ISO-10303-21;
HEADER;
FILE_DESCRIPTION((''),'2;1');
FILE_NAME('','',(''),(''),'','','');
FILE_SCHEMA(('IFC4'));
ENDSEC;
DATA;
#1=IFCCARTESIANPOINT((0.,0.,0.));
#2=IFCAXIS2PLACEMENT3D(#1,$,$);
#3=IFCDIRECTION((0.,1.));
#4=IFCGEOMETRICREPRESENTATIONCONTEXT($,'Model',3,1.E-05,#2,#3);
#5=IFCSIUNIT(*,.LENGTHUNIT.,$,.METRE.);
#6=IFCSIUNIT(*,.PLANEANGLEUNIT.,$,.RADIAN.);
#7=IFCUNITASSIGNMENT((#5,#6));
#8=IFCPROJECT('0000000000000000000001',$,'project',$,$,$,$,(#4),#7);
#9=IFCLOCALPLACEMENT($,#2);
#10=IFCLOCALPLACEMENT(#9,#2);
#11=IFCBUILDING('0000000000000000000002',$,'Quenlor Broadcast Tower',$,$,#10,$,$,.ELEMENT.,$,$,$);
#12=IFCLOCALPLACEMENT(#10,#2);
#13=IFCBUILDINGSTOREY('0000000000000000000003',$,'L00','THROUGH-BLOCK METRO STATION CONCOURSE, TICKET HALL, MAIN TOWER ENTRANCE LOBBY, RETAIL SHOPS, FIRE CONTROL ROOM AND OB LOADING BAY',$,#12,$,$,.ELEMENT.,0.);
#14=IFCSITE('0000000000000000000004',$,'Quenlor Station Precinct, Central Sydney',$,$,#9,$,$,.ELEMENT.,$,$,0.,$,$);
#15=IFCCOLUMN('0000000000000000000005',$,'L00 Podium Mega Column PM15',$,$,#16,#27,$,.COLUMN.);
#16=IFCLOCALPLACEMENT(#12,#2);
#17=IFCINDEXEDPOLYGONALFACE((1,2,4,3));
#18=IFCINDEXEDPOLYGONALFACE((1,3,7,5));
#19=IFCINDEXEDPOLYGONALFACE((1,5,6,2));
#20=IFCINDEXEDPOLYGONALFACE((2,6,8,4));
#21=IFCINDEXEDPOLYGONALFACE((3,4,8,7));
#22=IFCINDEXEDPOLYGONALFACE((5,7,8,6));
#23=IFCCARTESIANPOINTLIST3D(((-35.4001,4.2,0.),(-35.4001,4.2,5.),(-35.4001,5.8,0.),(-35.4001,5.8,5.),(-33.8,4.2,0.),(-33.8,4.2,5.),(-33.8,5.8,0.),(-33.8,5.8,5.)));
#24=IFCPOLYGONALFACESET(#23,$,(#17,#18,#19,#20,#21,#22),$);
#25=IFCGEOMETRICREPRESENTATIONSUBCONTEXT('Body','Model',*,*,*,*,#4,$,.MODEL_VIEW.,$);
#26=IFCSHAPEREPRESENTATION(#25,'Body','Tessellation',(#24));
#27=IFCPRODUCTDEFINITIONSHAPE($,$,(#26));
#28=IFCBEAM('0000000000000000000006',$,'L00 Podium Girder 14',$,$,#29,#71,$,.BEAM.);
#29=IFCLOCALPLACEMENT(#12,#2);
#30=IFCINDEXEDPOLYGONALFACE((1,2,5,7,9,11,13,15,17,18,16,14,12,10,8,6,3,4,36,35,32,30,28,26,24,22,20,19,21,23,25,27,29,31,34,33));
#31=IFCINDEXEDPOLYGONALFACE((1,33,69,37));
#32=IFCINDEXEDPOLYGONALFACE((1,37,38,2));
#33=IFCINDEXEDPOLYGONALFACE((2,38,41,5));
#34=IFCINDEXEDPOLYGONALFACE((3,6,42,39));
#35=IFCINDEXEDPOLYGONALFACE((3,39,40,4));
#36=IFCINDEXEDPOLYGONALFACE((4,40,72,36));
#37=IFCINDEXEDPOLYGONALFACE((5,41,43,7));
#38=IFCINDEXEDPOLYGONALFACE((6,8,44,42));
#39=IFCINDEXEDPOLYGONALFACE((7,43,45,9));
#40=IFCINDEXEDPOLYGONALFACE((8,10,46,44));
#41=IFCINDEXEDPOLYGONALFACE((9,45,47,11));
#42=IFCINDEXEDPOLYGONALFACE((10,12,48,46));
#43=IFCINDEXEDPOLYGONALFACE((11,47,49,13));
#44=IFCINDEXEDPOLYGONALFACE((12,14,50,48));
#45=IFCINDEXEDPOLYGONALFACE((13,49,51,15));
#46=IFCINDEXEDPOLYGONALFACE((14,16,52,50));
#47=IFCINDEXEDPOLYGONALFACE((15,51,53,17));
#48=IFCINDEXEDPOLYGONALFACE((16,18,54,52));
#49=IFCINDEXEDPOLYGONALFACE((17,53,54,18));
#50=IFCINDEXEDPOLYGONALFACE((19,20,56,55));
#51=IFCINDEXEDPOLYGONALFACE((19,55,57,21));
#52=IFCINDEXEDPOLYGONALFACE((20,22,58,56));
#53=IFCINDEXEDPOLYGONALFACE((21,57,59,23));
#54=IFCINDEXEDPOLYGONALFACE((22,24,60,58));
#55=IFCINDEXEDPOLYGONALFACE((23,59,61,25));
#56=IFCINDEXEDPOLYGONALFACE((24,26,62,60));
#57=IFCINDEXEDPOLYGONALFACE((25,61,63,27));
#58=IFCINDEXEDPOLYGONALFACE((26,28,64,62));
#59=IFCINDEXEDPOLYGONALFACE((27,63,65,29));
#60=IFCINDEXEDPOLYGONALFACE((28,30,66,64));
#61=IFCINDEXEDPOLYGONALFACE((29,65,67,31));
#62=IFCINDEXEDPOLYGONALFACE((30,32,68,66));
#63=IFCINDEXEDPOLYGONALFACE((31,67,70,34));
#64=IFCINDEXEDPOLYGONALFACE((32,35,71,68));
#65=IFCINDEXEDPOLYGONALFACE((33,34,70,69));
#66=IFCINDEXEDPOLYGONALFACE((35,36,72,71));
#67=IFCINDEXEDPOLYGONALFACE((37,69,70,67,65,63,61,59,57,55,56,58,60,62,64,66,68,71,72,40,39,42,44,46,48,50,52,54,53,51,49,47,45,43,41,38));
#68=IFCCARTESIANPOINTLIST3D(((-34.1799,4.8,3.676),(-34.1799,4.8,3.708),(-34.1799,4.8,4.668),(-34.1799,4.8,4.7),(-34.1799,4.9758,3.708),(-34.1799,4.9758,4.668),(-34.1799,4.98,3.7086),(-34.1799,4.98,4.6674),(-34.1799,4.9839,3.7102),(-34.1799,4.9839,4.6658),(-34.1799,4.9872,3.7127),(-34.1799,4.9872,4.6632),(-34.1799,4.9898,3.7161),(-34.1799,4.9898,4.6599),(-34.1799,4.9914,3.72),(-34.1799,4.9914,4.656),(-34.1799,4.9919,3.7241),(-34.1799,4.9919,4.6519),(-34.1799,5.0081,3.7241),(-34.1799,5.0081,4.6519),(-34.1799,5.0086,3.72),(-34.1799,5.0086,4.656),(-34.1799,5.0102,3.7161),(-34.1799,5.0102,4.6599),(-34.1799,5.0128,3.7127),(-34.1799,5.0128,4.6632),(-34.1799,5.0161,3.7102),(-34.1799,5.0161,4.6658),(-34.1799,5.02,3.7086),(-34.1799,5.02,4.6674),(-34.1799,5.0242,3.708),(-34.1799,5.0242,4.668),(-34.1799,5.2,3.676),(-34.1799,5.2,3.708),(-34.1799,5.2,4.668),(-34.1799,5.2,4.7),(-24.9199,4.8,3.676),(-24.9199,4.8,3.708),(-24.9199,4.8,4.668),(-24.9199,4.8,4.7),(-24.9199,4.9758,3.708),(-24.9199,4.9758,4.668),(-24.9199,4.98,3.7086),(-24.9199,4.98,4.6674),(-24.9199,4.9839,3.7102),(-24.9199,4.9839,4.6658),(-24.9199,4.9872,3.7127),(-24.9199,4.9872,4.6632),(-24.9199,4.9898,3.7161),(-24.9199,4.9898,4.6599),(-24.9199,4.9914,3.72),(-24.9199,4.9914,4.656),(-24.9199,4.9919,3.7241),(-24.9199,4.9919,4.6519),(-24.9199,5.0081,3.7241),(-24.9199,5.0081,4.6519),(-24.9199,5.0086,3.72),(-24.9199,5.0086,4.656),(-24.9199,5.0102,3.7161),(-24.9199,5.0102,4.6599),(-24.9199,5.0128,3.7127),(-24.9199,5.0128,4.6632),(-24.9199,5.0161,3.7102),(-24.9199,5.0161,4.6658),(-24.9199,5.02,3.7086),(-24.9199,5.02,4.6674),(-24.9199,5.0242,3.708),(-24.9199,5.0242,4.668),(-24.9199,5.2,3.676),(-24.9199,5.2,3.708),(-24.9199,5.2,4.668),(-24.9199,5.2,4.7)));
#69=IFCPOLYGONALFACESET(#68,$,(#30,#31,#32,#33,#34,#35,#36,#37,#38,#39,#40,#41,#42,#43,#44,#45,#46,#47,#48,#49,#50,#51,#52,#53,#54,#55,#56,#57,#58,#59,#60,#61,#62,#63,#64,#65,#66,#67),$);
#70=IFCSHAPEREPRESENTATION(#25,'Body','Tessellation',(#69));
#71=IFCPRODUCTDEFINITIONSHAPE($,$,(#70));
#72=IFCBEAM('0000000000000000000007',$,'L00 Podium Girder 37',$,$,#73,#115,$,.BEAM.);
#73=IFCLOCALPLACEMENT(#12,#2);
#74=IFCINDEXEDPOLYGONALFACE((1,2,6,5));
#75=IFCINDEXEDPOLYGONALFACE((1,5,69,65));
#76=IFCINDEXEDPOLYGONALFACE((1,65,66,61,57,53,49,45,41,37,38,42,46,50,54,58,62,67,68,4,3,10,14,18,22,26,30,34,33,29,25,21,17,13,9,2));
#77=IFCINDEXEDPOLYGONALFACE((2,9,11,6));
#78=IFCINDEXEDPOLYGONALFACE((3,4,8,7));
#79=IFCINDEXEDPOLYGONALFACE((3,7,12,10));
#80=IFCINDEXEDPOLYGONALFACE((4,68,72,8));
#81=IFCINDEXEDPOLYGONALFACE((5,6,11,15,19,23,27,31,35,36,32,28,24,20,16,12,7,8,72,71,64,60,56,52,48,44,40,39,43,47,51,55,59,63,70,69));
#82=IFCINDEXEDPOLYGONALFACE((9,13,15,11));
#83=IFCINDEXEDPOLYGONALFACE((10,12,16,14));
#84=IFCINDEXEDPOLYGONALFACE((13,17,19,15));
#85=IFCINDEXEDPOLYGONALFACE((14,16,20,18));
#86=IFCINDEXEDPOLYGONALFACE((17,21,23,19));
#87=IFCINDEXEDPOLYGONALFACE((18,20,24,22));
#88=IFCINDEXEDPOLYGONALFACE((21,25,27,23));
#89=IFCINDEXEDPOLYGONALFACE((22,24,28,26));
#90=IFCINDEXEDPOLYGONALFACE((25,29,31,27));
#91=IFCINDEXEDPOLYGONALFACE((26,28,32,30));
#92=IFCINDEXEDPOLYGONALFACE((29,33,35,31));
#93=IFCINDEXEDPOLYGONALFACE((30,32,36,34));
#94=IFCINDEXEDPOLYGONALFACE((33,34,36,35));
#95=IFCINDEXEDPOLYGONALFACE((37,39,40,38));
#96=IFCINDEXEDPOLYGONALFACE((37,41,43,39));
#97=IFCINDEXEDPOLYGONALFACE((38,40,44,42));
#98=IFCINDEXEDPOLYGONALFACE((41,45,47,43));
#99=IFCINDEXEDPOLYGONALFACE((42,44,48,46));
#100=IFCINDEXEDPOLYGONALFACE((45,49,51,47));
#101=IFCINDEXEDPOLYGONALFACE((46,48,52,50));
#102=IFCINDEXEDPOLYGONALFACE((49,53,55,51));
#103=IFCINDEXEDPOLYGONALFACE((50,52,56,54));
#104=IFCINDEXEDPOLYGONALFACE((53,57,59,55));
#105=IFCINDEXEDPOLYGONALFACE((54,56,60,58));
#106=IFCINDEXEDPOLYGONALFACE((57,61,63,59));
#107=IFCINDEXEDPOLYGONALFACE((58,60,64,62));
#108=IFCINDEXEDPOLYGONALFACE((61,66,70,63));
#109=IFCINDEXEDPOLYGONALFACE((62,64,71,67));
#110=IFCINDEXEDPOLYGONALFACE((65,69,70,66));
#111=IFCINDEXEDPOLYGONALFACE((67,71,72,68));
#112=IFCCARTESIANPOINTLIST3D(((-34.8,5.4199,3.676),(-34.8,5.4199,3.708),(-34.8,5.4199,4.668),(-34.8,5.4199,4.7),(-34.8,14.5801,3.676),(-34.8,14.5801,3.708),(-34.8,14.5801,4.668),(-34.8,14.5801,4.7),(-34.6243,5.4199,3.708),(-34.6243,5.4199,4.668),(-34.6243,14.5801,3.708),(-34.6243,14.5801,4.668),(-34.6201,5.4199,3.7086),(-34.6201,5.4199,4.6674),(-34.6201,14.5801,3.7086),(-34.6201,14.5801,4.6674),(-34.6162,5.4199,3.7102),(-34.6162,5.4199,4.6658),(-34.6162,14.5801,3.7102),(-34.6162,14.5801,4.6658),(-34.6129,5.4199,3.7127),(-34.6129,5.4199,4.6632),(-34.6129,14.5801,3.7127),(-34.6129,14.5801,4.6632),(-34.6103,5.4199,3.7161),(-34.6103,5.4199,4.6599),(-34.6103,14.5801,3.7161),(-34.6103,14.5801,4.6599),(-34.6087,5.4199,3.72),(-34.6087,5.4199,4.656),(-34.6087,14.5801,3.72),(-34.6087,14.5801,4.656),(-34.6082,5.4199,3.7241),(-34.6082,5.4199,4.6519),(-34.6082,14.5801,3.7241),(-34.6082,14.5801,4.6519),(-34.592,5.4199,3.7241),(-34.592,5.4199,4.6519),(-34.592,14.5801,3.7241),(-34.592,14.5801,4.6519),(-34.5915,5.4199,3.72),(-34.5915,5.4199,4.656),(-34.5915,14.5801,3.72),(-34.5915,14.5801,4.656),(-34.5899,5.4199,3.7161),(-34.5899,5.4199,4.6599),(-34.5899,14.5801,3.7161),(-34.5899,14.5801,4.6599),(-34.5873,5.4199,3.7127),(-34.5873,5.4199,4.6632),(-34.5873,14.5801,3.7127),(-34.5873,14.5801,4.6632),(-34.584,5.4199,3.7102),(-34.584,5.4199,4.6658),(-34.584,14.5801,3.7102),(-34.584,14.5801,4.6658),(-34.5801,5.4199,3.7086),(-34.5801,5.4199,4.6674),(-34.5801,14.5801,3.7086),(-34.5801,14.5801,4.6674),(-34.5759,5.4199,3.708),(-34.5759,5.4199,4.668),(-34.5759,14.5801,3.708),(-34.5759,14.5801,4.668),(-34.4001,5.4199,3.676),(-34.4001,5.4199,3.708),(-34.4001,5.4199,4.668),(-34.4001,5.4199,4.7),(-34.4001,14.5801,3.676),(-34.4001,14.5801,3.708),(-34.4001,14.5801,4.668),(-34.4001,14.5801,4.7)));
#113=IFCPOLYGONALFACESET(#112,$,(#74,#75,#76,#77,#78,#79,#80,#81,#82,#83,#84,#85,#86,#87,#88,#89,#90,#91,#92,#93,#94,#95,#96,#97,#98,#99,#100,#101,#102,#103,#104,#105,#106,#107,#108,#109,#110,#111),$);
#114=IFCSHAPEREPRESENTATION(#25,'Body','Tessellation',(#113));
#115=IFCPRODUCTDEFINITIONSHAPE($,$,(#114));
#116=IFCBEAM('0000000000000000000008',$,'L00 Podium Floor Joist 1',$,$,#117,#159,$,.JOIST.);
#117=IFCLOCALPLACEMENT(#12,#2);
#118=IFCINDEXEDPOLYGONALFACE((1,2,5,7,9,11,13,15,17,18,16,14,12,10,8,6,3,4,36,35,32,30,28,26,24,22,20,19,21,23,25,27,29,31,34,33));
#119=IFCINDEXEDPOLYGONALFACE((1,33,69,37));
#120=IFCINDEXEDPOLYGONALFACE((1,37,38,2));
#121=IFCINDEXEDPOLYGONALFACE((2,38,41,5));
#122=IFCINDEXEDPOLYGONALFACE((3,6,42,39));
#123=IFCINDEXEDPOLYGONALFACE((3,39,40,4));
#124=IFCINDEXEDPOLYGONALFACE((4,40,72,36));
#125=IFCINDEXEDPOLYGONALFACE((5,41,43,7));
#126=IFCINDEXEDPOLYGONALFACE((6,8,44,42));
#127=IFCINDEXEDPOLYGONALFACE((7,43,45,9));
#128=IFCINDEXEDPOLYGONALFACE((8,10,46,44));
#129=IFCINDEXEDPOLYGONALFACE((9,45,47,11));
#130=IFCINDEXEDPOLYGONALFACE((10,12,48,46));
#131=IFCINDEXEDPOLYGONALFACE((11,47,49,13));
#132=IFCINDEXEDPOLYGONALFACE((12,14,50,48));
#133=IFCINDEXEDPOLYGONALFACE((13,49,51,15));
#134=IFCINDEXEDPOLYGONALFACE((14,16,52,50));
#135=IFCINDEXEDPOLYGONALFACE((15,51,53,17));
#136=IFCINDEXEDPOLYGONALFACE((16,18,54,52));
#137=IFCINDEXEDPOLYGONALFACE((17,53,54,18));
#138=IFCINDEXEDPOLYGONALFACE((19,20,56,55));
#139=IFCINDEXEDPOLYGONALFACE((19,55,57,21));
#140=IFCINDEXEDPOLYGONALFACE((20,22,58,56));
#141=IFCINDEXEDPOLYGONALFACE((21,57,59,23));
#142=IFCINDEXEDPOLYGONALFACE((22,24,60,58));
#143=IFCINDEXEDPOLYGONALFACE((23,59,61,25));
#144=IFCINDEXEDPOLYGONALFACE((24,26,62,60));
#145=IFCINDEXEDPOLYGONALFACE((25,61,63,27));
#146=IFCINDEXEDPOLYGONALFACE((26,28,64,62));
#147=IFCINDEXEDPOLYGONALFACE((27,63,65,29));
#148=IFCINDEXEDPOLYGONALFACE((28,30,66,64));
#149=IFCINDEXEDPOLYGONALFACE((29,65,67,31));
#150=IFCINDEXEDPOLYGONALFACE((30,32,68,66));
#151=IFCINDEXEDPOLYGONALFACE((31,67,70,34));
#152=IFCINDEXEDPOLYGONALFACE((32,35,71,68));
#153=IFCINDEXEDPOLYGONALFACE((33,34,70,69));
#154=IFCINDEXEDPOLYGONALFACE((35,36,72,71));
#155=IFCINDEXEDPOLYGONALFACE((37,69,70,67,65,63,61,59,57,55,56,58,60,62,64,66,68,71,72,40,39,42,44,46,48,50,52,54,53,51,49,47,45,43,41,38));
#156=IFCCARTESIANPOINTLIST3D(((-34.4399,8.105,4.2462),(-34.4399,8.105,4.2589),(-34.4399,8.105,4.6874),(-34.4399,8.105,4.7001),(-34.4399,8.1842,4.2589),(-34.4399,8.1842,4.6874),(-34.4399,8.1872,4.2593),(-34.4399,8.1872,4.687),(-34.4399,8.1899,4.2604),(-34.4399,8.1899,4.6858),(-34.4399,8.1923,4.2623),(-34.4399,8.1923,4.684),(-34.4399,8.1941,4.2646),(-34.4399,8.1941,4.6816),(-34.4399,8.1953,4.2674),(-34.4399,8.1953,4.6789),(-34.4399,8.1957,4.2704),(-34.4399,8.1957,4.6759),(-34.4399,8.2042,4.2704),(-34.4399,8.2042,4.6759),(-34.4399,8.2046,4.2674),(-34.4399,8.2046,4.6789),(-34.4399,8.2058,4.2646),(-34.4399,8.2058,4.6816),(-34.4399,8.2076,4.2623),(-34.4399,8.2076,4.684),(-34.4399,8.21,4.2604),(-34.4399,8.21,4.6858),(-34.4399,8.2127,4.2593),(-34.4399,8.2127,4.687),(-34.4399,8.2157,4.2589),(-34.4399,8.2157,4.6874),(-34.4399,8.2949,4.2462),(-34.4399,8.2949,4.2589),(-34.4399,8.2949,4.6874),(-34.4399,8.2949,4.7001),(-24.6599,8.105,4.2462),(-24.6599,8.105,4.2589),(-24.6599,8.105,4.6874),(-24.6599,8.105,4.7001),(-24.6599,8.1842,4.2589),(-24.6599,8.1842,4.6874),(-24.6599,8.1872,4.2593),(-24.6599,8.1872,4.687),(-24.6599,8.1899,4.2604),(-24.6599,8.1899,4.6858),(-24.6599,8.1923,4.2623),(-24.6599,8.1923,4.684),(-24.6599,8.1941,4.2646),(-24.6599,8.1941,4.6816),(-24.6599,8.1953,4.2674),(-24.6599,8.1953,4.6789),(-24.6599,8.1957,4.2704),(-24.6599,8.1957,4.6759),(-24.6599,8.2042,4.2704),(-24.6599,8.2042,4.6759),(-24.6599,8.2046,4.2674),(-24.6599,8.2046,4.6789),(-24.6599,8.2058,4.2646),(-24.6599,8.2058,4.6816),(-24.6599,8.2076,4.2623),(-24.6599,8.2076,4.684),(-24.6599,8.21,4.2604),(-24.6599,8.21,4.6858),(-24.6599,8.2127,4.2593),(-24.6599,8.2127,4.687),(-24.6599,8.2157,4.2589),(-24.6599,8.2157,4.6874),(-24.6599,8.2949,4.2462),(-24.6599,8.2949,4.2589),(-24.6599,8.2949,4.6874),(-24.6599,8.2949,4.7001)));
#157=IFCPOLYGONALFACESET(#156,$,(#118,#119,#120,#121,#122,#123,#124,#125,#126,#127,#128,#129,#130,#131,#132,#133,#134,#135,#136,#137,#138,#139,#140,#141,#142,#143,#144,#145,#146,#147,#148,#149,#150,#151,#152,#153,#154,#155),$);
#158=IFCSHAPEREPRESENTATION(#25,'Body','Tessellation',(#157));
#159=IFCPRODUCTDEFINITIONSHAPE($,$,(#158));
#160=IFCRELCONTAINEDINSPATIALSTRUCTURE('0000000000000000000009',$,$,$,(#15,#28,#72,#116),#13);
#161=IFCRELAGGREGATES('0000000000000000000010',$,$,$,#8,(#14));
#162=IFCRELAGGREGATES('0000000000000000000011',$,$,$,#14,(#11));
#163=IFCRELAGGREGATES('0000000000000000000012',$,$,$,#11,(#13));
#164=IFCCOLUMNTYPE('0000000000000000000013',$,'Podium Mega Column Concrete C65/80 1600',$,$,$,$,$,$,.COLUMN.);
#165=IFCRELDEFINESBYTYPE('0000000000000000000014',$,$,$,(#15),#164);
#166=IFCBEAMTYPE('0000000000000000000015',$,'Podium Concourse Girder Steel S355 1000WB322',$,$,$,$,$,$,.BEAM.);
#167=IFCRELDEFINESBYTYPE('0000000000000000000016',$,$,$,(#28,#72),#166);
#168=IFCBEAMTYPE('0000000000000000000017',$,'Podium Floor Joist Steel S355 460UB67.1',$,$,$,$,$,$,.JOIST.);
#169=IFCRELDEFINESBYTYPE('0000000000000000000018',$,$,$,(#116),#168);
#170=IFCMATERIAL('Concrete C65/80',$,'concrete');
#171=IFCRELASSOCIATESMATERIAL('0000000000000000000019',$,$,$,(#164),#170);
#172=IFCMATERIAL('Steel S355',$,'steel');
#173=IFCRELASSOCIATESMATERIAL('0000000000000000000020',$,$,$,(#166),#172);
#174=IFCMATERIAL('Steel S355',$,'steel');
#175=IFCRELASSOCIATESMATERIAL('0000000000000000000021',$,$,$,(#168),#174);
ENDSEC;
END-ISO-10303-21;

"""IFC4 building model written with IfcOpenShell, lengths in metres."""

from ifc_helpers import new_model, si_unit, direction, frame, origin, origin_2d, place, context, subcontext, project, spatial, rectangle, i_section, extrude, material, material_profile, profile_set, type_object, element, save


model = new_model("IFC4")

# Units and contexts
model_context = context("Model", 3, precision=1e-05, world=origin(), true_north=direction((0.0, 1.0)))
body_context = subcontext(model_context, "Body", "Model", "MODEL_VIEW")
ifc_project = project(units=[si_unit("LENGTHUNIT", "METRE"), si_unit("PLANEANGLEUNIT", "RADIAN")], contexts=[model_context])

# Site, building, storey
site_placement = place(None, origin())
site = spatial("IfcSite", under=ifc_project, at=site_placement, Name="Quenlor Station Precinct, Central Sydney", CompositionType="ELEMENT", RefElevation=0.0)
building_placement = place(site_placement, origin())
building = spatial("IfcBuilding", under=site, at=building_placement, Name="Quenlor Broadcast Tower", CompositionType="ELEMENT")
storey_placement = place(building_placement, origin())
storey = spatial("IfcBuildingStorey", under=building, at=storey_placement, Name="L00", Description="THROUGH-BLOCK METRO STATION CONCOURSE, TICKET HALL, MAIN TOWER ENTRANCE LOBBY, RETAIL SHOPS, FIRE CONTROL ROOM AND OB LOADING BAY", CompositionType="ELEMENT", Elevation=0.0)

# Column
ifc_material_1 = material(Name="Concrete C65/80", Category="concrete")
ifc_material_profile_1 = material_profile(ifc_material_1, rectangle(XDim=1.6001, YDim=1.6001, at=origin_2d()))
ifc_profile_set_1 = profile_set([ifc_material_profile_1], Name="Concrete C65/80 RC1600x1600")
column_type = type_object("IfcColumnType", Name="Podium Mega Column Concrete C65/80 1600", PredefinedType="COLUMN", material=ifc_profile_set_1)
column_placement = place(storey_placement, frame((-34.6001, 5.0, 0.0), z_axis=(0.0, 0.0, 1.0), x_axis=(1.0, 0.0, 0.0)))
element("IfcColumn", 1, at=column_placement, inside=storey, type_object=column_type, Name="L00 Podium Mega Column PM15", PredefinedType="COLUMN", context=body_context, shape_type="SweptSolid", body=[
    extrude(rectangle(XDim=1.6001, YDim=1.6001, at=origin_2d()), origin(), (0.0, 0.0, 1.0), 5.0),
])

# Beams
ifc_material_2 = material(Name="Steel S355", Category="steel")
ifc_material_profile_2 = material_profile(ifc_material_2, i_section(OverallWidth=0.3999, OverallDepth=1.0239, WebThickness=0.0161, FlangeThickness=0.032, FilletRadius=0.0161, at=origin_2d()))
ifc_profile_set_2 = profile_set([ifc_material_profile_2], Name="Steel S355 1000WB322")
beam_type_1 = type_object("IfcBeamType", Name="Podium Concourse Girder Steel S355 1000WB322", PredefinedType="BEAM", material=ifc_profile_set_2)
beam_1_placement = place(storey_placement, frame((-34.1799, 5.0, 4.188), z_axis=(1.0, 0.0, 0.0), x_axis=(0.0, 1.0, 0.0)))
element("IfcBeam", 2, at=beam_1_placement, inside=storey, type_object=beam_type_1, Name="L00 Podium Girder 14", PredefinedType="BEAM", context=body_context, shape_type="SweptSolid", body=[
    extrude(i_section(OverallWidth=0.3999, OverallDepth=1.0239, WebThickness=0.0161, FlangeThickness=0.032, FilletRadius=0.0161, at=origin_2d()), origin(), (0.0, 0.0, 1.0), 9.26),
])
beam_2_placement = place(storey_placement, frame((-34.6001, 5.4199, 4.188), z_axis=(0.0, 1.0, 0.0), x_axis=(-1.0, 0.0, 0.0)))
element("IfcBeam", 3, at=beam_2_placement, inside=storey, type_object=beam_type_1, Name="L00 Podium Girder 37", PredefinedType="BEAM", context=body_context, shape_type="SweptSolid", body=[
    extrude(i_section(OverallWidth=0.3999, OverallDepth=1.0239, WebThickness=0.0161, FlangeThickness=0.032, FilletRadius=0.0161, at=origin_2d()), origin(), (0.0, 0.0, 1.0), 9.1602),
])
ifc_material_3 = material(Name="Steel S355", Category="steel")
ifc_material_profile_3 = material_profile(ifc_material_3, i_section(OverallWidth=0.1899, OverallDepth=0.4539, WebThickness=0.0085, FlangeThickness=0.0127, FilletRadius=0.0115, at=origin_2d()))
ifc_profile_set_3 = profile_set([ifc_material_profile_3], Name="Steel S355 460UB67.1")
beam_type_2 = type_object("IfcBeamType", Name="Podium Floor Joist Steel S355 460UB67.1", PredefinedType="JOIST", material=ifc_profile_set_3)
for number, where, z_axis, x_axis, name in (
    (4, (-34.4399, 8.2, 4.4731), (1.0, 0.0, 0.0), (0.0, 1.0, 0.0), "L00 Podium Floor Joist 1"),
):
    element("IfcBeam", number, at=place(storey_placement, frame(where, z_axis=z_axis, x_axis=x_axis)), inside=storey, type_object=beam_type_2, Name=name, PredefinedType="JOIST", context=body_context, shape_type="SweptSolid", body=[
        extrude(i_section(OverallWidth=0.1899, OverallDepth=0.4539, WebThickness=0.0085, FlangeThickness=0.0127, FilletRadius=0.0115, at=origin_2d()), origin(), (0.0, 0.0, 1.0), 9.78),
    ])

save(model, "model.ifc")
